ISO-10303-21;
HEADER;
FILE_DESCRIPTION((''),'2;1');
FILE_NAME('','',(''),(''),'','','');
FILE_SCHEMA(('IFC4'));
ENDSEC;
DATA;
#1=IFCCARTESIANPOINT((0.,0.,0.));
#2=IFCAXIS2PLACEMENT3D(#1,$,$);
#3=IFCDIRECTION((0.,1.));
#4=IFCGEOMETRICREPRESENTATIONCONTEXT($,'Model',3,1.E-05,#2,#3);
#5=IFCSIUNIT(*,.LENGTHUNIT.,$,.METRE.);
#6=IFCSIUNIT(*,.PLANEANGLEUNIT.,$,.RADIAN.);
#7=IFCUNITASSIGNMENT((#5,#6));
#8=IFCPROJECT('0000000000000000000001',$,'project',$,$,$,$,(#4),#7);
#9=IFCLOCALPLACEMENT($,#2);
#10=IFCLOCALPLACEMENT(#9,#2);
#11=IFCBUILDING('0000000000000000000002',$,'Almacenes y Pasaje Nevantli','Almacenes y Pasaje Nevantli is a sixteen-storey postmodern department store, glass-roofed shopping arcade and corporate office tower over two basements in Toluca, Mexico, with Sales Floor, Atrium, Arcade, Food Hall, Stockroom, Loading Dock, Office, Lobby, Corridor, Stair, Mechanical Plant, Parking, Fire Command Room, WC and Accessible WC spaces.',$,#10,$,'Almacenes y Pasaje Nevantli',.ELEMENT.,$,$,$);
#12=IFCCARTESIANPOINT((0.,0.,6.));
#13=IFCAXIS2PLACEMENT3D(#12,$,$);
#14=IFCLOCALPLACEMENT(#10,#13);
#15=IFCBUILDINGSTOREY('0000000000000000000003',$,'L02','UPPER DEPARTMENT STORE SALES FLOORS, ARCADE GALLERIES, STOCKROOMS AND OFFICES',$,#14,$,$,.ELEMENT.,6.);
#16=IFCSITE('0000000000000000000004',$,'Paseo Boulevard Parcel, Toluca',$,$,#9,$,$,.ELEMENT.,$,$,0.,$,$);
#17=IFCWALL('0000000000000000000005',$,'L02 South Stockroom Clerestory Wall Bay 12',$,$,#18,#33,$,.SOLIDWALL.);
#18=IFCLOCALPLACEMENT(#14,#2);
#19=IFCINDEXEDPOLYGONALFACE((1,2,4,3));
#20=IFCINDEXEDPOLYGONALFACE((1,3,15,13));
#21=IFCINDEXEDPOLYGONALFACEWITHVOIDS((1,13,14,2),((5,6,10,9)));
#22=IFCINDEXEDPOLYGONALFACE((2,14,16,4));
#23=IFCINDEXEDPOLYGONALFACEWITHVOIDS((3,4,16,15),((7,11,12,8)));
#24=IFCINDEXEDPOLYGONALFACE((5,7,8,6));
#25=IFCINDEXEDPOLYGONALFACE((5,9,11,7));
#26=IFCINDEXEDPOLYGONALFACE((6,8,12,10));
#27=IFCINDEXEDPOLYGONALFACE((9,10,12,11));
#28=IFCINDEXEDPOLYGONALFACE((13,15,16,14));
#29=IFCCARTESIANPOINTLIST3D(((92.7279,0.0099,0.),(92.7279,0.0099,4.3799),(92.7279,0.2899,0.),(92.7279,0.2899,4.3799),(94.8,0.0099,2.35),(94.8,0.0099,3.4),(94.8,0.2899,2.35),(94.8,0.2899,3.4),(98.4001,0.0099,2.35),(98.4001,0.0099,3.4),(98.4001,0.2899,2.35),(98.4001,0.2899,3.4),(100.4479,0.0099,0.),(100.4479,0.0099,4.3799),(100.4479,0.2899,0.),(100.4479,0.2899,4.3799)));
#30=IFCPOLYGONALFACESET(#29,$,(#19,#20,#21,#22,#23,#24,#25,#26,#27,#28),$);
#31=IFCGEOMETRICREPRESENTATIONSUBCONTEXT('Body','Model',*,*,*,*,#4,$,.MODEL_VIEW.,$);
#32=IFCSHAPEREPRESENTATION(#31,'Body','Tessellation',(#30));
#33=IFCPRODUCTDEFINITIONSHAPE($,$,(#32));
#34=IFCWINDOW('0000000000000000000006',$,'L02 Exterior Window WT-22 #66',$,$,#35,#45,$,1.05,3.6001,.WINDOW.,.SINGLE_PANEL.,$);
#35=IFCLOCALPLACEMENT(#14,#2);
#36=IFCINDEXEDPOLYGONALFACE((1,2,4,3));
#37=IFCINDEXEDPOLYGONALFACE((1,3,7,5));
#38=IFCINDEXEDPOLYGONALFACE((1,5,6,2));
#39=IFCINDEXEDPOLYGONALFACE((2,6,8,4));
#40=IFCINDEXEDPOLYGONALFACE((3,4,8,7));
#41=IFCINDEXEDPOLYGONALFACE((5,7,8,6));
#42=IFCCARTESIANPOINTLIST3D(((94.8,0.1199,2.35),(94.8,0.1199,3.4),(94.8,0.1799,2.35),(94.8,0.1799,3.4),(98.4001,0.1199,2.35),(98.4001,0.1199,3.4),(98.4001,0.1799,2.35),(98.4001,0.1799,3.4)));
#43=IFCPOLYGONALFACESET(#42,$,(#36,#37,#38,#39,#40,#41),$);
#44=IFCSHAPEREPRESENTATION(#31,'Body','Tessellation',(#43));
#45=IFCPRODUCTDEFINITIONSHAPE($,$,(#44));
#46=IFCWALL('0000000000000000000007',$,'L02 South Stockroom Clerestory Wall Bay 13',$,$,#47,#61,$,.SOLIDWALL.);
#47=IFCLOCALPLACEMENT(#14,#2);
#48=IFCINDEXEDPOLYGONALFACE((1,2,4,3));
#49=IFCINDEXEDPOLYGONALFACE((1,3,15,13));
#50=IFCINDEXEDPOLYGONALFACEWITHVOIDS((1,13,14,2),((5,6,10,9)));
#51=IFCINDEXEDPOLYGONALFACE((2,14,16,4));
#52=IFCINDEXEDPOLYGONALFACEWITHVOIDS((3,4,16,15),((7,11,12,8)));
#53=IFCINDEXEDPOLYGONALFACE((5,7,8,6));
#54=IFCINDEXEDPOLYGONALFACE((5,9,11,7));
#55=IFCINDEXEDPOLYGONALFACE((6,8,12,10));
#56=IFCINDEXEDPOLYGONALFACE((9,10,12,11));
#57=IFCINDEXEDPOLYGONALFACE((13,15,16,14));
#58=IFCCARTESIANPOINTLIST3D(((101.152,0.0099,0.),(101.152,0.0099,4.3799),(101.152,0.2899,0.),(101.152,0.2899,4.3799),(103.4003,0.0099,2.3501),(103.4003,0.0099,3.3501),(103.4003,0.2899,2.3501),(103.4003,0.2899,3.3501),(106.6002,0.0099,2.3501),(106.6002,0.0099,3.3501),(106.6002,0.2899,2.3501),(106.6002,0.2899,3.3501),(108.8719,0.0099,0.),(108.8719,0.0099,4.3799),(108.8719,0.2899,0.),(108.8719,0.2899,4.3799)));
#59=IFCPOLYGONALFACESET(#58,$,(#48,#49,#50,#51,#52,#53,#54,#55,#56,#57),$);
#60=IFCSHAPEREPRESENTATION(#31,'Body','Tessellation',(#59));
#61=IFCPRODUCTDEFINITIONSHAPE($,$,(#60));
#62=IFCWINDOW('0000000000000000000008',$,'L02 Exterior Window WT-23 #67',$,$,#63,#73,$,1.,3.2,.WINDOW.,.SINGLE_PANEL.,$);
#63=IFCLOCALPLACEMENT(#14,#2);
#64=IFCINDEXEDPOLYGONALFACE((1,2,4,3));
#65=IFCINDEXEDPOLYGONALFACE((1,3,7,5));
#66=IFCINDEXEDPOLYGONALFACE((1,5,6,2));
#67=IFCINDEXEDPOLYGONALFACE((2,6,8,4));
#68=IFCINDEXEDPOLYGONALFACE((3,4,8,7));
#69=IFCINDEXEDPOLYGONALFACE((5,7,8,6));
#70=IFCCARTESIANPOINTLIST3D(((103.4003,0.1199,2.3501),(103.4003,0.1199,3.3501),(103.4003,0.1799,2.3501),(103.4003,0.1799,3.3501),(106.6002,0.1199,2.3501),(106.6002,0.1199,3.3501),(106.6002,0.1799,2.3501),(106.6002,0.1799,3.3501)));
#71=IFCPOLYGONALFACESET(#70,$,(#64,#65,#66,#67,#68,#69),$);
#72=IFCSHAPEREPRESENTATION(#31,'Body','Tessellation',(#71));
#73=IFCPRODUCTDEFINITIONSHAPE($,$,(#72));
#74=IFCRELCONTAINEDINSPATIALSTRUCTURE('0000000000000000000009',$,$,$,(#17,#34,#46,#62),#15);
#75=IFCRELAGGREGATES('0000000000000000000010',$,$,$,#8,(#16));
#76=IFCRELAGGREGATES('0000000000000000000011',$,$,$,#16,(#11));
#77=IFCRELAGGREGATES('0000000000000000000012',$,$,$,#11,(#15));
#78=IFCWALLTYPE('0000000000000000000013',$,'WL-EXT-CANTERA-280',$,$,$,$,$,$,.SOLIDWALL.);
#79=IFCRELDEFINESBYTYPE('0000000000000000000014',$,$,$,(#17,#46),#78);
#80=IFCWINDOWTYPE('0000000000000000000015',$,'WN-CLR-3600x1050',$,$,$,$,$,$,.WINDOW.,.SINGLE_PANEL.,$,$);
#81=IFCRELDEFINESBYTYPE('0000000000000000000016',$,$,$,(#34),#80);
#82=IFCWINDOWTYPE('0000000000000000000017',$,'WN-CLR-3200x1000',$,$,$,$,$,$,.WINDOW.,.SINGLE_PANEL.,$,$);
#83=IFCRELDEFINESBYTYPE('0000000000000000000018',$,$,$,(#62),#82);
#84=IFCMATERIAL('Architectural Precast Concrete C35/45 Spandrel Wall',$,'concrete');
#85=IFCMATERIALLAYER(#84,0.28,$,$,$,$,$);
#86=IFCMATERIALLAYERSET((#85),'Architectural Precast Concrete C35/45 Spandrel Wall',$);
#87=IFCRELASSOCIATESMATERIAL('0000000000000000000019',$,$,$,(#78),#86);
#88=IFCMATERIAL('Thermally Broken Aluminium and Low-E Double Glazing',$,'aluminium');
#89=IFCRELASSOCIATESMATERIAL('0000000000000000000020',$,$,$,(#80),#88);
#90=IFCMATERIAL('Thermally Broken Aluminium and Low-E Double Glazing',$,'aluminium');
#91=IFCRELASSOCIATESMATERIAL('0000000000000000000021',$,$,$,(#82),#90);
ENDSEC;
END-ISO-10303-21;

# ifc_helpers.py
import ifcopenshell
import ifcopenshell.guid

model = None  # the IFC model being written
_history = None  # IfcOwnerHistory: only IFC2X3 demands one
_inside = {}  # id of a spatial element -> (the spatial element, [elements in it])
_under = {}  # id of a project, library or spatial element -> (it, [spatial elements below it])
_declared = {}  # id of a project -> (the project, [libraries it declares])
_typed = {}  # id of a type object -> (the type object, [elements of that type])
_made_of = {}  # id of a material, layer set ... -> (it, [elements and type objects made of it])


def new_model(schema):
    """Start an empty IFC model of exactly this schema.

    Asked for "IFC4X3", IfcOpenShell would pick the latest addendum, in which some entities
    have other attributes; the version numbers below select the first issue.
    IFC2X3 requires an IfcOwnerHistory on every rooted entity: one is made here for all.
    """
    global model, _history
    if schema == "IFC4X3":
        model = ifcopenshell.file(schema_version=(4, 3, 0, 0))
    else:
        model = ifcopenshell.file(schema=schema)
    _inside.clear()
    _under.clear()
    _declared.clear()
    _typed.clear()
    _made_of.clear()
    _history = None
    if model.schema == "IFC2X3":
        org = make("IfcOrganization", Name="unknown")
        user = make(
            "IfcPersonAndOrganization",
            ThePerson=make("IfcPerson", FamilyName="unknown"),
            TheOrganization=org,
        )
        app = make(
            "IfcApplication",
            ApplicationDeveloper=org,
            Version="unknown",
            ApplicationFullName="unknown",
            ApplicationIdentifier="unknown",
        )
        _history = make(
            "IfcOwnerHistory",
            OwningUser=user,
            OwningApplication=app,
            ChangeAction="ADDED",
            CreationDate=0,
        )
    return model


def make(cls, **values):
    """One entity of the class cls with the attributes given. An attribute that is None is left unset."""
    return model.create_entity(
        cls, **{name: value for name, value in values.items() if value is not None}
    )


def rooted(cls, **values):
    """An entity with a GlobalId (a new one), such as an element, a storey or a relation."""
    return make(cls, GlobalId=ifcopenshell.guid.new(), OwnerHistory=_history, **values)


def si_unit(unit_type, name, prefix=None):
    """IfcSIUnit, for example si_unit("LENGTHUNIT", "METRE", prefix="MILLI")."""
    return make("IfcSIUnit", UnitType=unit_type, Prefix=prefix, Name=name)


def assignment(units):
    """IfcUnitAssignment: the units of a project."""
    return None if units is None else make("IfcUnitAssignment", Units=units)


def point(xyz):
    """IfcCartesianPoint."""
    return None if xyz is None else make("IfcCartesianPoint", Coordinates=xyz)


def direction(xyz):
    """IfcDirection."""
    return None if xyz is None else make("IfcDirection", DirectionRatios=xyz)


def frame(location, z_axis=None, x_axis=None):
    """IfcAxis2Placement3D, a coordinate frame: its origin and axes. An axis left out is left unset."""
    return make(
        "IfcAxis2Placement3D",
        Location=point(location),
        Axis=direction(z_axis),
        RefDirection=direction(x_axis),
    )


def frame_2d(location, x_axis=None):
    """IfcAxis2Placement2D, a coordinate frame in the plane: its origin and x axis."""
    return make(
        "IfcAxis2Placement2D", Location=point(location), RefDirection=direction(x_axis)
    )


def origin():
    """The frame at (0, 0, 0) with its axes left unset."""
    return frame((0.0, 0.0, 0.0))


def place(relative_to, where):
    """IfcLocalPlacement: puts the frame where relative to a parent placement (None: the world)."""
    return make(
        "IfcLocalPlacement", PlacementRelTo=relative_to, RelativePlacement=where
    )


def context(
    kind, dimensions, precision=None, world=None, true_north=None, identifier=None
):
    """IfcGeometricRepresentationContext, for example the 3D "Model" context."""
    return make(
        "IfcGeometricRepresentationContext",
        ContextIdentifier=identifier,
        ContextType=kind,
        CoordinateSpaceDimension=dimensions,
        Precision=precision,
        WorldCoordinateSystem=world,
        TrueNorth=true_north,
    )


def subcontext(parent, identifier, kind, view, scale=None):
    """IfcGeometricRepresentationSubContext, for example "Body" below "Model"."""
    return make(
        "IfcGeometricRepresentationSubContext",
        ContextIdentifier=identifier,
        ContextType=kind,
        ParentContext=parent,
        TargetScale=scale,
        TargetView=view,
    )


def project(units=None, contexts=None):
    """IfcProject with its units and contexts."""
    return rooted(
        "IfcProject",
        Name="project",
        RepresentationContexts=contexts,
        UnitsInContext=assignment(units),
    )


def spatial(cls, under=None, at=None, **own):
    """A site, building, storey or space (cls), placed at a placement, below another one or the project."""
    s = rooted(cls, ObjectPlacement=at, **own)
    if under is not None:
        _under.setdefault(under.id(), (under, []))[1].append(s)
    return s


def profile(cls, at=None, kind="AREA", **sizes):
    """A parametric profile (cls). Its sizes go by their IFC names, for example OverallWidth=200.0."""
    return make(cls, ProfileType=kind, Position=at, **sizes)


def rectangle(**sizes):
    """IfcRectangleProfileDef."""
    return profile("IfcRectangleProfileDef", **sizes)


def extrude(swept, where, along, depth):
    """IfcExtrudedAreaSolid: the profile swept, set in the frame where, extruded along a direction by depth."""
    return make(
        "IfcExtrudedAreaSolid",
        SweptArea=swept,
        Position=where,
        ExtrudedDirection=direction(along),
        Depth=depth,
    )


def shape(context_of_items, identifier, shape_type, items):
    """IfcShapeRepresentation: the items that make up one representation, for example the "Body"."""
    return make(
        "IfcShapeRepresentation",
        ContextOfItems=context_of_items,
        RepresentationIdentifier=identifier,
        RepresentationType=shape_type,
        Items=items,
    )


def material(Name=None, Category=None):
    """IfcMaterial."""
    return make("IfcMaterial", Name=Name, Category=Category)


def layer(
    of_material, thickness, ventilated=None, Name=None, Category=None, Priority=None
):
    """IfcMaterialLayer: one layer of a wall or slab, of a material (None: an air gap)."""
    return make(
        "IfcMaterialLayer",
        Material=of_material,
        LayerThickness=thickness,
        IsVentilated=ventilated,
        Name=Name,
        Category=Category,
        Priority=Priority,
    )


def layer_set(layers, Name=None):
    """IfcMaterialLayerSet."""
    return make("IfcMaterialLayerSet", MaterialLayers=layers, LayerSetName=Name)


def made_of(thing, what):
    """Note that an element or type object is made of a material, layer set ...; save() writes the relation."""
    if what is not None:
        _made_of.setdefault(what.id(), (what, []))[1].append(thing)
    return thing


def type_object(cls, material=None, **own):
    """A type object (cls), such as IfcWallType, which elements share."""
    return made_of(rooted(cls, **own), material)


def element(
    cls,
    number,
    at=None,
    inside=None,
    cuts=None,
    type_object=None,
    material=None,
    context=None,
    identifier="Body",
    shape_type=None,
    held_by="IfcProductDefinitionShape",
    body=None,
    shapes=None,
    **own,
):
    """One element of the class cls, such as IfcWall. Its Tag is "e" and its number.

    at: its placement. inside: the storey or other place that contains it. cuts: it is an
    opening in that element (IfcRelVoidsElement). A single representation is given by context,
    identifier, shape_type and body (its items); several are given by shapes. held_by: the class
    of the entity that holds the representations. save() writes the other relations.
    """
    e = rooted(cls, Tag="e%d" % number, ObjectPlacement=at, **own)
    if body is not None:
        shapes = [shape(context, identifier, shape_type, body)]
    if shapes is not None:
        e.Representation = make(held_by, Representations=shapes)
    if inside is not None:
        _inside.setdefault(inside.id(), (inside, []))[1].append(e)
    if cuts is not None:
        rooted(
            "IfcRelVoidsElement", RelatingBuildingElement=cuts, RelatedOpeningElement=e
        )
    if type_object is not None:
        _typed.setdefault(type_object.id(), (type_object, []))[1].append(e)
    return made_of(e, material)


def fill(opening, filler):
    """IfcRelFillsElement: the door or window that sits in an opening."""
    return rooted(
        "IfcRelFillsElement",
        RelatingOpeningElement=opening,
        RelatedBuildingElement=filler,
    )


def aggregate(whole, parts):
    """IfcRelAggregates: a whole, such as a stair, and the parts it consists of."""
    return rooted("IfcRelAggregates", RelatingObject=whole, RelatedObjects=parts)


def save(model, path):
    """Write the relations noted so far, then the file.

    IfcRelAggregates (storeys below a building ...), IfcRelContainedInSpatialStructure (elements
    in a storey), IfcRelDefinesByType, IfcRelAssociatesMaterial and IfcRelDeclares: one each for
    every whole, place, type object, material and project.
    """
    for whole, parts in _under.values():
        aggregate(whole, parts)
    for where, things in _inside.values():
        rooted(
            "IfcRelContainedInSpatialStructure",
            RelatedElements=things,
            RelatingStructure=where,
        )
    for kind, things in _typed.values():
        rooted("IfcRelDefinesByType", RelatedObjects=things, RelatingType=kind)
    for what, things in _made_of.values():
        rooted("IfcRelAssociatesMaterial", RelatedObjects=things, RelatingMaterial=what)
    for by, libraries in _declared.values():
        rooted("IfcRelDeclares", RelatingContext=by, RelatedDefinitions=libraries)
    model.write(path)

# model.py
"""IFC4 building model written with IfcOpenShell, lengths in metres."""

from ifc_helpers import new_model, si_unit, direction, frame, frame_2d, origin, place, context, subcontext, project, spatial, rectangle, extrude, material, layer, layer_set, type_object, element, fill, save


model = new_model("IFC4")

# Units and contexts
model_context = context("Model", 3, precision=1e-05, world=origin(), true_north=direction((0.0, 1.0)))
body_context = subcontext(model_context, "Body", "Model", "MODEL_VIEW")
ifc_project = project(units=[si_unit("LENGTHUNIT", "METRE"), si_unit("PLANEANGLEUNIT", "RADIAN")], contexts=[model_context])

# Site, building, storey
site_placement = place(None, origin())
site = spatial("IfcSite", under=ifc_project, at=site_placement, Name="Paseo Boulevard Parcel, Toluca", CompositionType="ELEMENT", RefElevation=0.0)
building_placement = place(site_placement, origin())
building = spatial("IfcBuilding", under=site, at=building_placement, Name="Almacenes y Pasaje Nevantli", Description="Almacenes y Pasaje Nevantli is a sixteen-storey postmodern department store, glass-roofed shopping arcade and corporate office tower over two basements in Toluca, Mexico, with Sales Floor, Atrium, Arcade, Food Hall, Stockroom, Loading Dock, Office, Lobby, Corridor, Stair, Mechanical Plant, Parking, Fire Command Room, WC and Accessible WC spaces.", LongName="Almacenes y Pasaje Nevantli", CompositionType="ELEMENT")
storey_placement = place(building_placement, frame((0.0, 0.0, 6.0)))
storey = spatial("IfcBuildingStorey", under=building, at=storey_placement, Name="L02", Description="UPPER DEPARTMENT STORE SALES FLOORS, ARCADE GALLERIES, STOCKROOMS AND OFFICES", CompositionType="ELEMENT", Elevation=6.0)

# Walls, openings, windows
ifc_material_1 = material(Name="Architectural Precast Concrete C35/45 Spandrel Wall", Category="concrete")
ifc_layer = layer(ifc_material_1, 0.28)
ifc_layer_set = layer_set([ifc_layer], Name="Architectural Precast Concrete C35/45 Spandrel Wall")
wall_type = type_object("IfcWallType", Name="WL-EXT-CANTERA-280", PredefinedType="SOLIDWALL", material=ifc_layer_set)
wall_1_placement = place(storey_placement, frame((92.728, 0.1499, 0.0), z_axis=(0.0, 0.0, 1.0), x_axis=(1.0, 0.0, 0.0)))
wall_1 = element("IfcWall", 1, at=wall_1_placement, inside=storey, type_object=wall_type, Name="L02 South Stockroom Clerestory Wall Bay 12", PredefinedType="SOLIDWALL", context=body_context, shape_type="SweptSolid", body=[
    extrude(rectangle(XDim=7.72, YDim=0.28, at=frame_2d((3.8599, 0.0))), origin(), (0.0, 0.0, 1.0), 4.3799),
])
opening_1_placement = place(wall_1_placement, frame((2.072, 0.0, 2.3501)))
opening_1 = element("IfcOpeningElement", 2, at=opening_1_placement, cuts=wall_1, PredefinedType="OPENING", context=body_context, shape_type="SweptSolid", body=[
    extrude(rectangle(XDim=3.6001, YDim=1.05, at=frame_2d((1.8, 0.5249))), frame((0.0, 0.1499, 0.0), z_axis=(0.0, -1.0, 0.0), x_axis=(1.0, 0.0, 0.0)), (0.0, 0.0, 1.0), 0.3),
])
ifc_material_2 = material(Name="Thermally Broken Aluminium and Low-E Double Glazing", Category="aluminium")
window_type_1 = type_object("IfcWindowType", Name="WN-CLR-3600x1050", PartitioningType="SINGLE_PANEL", PredefinedType="WINDOW", material=ifc_material_2)
window_1_placement = place(opening_1_placement, origin())
window_1 = element("IfcWindow", 3, at=window_1_placement, inside=storey, type_object=window_type_1, Name="L02 Exterior Window WT-22 #66", OverallHeight=1.05, OverallWidth=3.6001, PartitioningType="SINGLE_PANEL", PredefinedType="WINDOW", context=body_context, shape_type="SweptSolid", body=[
    extrude(rectangle(XDim=3.6001, YDim=1.05, at=frame_2d((1.8, 0.5249))), frame((0.0, 0.03, 0.0), z_axis=(0.0, -1.0, 0.0), x_axis=(1.0, 0.0, 0.0)), (0.0, 0.0, 1.0), 0.0601),
])
fill(opening_1, window_1)
wall_2_placement = place(storey_placement, frame((101.1521, 0.1499, 0.0), z_axis=(0.0, 0.0, 1.0), x_axis=(1.0, 0.0, 0.0)))
wall_2 = element("IfcWall", 4, at=wall_2_placement, inside=storey, type_object=wall_type, Name="L02 South Stockroom Clerestory Wall Bay 13", PredefinedType="SOLIDWALL", context=body_context, shape_type="SweptSolid", body=[
    extrude(rectangle(XDim=7.72, YDim=0.28, at=frame_2d((3.8599, 0.0))), origin(), (0.0, 0.0, 1.0), 4.3799),
])
opening_2_placement = place(wall_2_placement, frame((2.248, 0.0, 2.3501)))
opening_2 = element("IfcOpeningElement", 5, at=opening_2_placement, cuts=wall_2, PredefinedType="OPENING", context=body_context, shape_type="SweptSolid", body=[
    extrude(rectangle(XDim=3.2, YDim=1.0, at=frame_2d((1.6001, 0.5))), frame((0.0, 0.1499, 0.0), z_axis=(0.0, -1.0, 0.0), x_axis=(1.0, 0.0, 0.0)), (0.0, 0.0, 1.0), 0.3),
])
ifc_material_3 = material(Name="Thermally Broken Aluminium and Low-E Double Glazing", Category="aluminium")
window_type_2 = type_object("IfcWindowType", Name="WN-CLR-3200x1000", PartitioningType="SINGLE_PANEL", PredefinedType="WINDOW", material=ifc_material_3)
window_2_placement = place(opening_2_placement, origin())
window_2 = element("IfcWindow", 6, at=window_2_placement, inside=storey, type_object=window_type_2, Name="L02 Exterior Window WT-23 #67", OverallHeight=1.0, OverallWidth=3.2, PartitioningType="SINGLE_PANEL", PredefinedType="WINDOW", context=body_context, shape_type="SweptSolid", body=[
    extrude(rectangle(XDim=3.2, YDim=1.0, at=frame_2d((1.6001, 0.5))), frame((0.0, 0.03, 0.0), z_axis=(0.0, -1.0, 0.0), x_axis=(1.0, 0.0, 0.0)), (0.0, 0.0, 1.0), 0.0601),
])
fill(opening_2, window_2)

save(model, "model.ifc")
